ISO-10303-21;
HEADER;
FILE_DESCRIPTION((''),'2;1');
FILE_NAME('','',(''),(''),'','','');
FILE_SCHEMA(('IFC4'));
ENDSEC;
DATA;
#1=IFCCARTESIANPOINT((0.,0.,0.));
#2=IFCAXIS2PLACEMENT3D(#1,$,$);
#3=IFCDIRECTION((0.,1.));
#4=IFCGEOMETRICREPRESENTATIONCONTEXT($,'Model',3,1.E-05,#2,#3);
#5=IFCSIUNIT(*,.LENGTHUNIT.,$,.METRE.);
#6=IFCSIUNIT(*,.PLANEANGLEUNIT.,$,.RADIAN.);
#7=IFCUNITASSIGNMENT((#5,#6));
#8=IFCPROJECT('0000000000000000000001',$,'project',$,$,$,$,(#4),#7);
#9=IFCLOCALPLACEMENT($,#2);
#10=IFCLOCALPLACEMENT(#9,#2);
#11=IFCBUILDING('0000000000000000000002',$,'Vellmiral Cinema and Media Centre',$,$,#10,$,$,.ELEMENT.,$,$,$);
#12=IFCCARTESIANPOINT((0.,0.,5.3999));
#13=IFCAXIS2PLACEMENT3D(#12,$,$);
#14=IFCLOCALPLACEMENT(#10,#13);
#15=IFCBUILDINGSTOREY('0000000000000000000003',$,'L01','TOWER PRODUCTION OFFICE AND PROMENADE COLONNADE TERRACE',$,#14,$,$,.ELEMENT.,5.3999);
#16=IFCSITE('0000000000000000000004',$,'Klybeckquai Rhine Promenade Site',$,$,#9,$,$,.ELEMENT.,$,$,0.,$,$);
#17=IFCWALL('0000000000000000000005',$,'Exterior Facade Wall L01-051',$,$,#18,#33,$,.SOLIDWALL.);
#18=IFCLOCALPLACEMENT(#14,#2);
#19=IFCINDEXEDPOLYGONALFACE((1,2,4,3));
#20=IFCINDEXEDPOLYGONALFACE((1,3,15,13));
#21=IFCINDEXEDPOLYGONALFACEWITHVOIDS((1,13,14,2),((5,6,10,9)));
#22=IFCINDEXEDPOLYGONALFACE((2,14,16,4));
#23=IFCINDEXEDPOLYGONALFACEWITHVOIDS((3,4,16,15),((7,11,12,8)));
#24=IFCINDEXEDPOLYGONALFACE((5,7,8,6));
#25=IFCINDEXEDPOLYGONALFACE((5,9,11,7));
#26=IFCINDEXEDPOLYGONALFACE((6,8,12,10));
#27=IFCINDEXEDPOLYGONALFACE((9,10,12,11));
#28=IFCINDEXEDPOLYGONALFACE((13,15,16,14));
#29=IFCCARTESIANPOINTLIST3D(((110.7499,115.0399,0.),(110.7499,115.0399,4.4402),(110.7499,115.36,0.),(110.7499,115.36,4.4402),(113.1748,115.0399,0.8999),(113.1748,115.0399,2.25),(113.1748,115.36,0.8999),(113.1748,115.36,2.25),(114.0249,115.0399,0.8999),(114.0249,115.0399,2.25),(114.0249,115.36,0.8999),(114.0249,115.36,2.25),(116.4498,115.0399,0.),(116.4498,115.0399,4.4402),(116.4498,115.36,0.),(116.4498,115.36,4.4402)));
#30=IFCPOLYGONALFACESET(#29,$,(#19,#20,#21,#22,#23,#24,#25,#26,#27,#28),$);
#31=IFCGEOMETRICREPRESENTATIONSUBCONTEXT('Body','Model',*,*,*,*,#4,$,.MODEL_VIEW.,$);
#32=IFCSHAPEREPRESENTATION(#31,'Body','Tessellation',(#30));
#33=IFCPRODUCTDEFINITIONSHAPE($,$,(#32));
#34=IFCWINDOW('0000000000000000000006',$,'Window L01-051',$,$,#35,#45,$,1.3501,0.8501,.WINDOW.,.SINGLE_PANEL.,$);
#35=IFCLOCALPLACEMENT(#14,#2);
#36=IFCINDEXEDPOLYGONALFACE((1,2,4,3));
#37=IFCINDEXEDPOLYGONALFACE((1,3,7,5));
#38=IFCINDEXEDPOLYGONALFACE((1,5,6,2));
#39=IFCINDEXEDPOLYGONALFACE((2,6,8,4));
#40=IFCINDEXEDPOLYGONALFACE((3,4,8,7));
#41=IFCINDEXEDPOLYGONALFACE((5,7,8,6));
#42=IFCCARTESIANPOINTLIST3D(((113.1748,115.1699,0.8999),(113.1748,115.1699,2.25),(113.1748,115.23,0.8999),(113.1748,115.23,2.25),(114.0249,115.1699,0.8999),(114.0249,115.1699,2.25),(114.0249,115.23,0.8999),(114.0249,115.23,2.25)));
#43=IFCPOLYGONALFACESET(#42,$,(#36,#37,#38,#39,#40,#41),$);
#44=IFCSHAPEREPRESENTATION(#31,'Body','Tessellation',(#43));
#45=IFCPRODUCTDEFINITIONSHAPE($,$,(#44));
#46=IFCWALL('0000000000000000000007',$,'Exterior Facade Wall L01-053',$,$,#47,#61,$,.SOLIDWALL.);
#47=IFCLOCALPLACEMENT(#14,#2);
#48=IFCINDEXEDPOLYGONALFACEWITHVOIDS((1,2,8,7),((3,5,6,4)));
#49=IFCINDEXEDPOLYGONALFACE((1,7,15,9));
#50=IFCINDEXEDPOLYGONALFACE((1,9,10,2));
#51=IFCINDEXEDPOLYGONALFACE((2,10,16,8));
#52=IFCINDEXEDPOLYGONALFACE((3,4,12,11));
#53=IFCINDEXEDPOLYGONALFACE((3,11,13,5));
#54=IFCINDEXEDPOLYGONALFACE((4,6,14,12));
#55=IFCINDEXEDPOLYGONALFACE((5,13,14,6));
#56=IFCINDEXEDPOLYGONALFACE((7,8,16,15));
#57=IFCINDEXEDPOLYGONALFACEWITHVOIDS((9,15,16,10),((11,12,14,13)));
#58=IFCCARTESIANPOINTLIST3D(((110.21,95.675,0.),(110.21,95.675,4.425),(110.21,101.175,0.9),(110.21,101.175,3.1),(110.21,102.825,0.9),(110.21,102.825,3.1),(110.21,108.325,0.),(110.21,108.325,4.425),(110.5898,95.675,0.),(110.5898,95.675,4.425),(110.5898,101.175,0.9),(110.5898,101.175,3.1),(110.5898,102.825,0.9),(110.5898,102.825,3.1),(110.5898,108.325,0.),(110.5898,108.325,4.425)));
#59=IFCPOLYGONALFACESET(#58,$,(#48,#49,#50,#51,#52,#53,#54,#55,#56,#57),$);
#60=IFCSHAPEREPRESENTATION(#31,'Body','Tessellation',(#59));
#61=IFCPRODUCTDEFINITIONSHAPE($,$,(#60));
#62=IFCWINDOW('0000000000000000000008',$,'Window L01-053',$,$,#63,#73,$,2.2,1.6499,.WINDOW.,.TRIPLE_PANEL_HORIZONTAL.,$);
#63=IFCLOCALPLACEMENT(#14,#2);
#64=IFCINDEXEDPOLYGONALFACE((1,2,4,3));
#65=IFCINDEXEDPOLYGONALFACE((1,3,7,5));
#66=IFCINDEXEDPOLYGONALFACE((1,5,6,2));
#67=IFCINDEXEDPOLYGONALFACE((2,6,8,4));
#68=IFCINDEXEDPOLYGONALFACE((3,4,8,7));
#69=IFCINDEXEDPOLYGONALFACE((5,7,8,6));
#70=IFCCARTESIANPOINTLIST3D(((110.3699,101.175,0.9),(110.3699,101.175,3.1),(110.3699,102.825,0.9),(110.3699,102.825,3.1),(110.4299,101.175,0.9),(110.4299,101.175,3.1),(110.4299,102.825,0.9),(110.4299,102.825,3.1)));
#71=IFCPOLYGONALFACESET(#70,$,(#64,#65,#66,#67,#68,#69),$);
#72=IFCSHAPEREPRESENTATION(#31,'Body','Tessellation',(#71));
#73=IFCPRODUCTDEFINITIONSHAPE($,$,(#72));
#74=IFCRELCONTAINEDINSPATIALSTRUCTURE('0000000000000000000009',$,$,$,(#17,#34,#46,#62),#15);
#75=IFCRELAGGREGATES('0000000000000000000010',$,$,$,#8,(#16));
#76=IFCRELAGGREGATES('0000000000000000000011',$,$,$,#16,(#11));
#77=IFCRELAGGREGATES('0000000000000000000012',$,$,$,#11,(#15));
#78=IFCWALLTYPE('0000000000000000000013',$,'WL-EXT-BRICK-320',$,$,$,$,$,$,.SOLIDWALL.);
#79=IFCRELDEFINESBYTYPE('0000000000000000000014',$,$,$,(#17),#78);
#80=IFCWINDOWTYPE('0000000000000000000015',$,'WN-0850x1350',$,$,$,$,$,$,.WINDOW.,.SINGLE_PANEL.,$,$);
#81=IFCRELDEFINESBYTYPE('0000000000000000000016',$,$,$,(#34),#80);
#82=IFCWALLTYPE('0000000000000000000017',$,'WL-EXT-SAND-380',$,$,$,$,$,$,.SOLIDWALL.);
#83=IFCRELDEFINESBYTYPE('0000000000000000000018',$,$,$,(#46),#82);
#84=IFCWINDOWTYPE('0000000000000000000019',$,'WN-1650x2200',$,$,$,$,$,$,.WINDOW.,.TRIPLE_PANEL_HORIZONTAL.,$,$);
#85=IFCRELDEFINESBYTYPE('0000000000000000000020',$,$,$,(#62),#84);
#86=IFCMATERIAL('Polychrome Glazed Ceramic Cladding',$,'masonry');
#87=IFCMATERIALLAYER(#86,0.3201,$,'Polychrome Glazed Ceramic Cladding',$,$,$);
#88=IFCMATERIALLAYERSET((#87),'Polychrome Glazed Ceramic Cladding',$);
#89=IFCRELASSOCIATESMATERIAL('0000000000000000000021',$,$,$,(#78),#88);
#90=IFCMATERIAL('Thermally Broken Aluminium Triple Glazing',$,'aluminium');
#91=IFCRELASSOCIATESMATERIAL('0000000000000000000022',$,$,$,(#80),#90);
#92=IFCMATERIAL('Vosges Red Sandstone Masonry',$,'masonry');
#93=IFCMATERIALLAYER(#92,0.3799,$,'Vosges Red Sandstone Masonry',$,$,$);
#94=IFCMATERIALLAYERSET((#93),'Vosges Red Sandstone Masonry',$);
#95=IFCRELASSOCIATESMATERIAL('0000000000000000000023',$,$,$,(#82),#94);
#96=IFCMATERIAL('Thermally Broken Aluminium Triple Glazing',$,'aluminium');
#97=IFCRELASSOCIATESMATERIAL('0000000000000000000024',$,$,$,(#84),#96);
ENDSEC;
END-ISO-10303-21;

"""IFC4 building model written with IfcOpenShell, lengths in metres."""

from ifc_helpers import new_model, si_unit, direction, frame, frame_2d, origin, place, context, subcontext, project, spatial, rectangle, extrude, material, layer, layer_set, type_object, element, fill, save


model = new_model("IFC4")

# Units and contexts
model_context = context("Model", 3, precision=1e-05, world=origin(), true_north=direction((0.0, 1.0)))
body_context = subcontext(model_context, "Body", "Model", "MODEL_VIEW")
ifc_project = project(units=[si_unit("LENGTHUNIT", "METRE"), si_unit("PLANEANGLEUNIT", "RADIAN")], contexts=[model_context])

# Site, building, storey
site_placement = place(None, origin())
site = spatial("IfcSite", under=ifc_project, at=site_placement, Name="Klybeckquai Rhine Promenade Site", CompositionType="ELEMENT", RefElevation=0.0)
building_placement = place(site_placement, origin())
building = spatial("IfcBuilding", under=site, at=building_placement, Name="Vellmiral Cinema and Media Centre", CompositionType="ELEMENT")
storey_placement = place(building_placement, frame((0.0, 0.0, 5.3999)))
storey = spatial("IfcBuildingStorey", under=building, at=storey_placement, Name="L01", Description="TOWER PRODUCTION OFFICE AND PROMENADE COLONNADE TERRACE", CompositionType="ELEMENT", Elevation=5.3999)

# Walls, openings, windows
ifc_material_1 = material(Name="Polychrome Glazed Ceramic Cladding", Category="masonry")
ifc_layer_1 = layer(ifc_material_1, 0.3201, Name="Polychrome Glazed Ceramic Cladding")
ifc_layer_set_1 = layer_set([ifc_layer_1], Name="Polychrome Glazed Ceramic Cladding")
wall_type_1 = type_object("IfcWallType", Name="WL-EXT-BRICK-320", PredefinedType="SOLIDWALL", material=ifc_layer_set_1)
wall_1_placement = place(storey_placement, frame((116.45, 115.2, 0.0), z_axis=(0.0, 0.0, 1.0), x_axis=(-1.0, 0.0, 0.0)))
wall_1 = element("IfcWall", 1, at=wall_1_placement, inside=storey, type_object=wall_type_1, Name="Exterior Facade Wall L01-051", PredefinedType="SOLIDWALL", context=body_context, shape_type="SweptSolid", body=[
    extrude(rectangle(XDim=5.7, YDim=0.3201, at=frame_2d((2.8501, 0.0))), origin(), (0.0, 0.0, 1.0), 4.4402),
])
opening_1_placement = place(wall_1_placement, frame((2.425, 0.0, 0.8999)))
opening_1 = element("IfcOpeningElement", 2, at=opening_1_placement, cuts=wall_1, PredefinedType="OPENING", context=body_context, shape_type="SweptSolid", body=[
    extrude(rectangle(XDim=0.8501, YDim=1.3501, at=frame_2d((0.425, 0.675))), frame((0.0, 0.1719, 0.0), z_axis=(0.0, -1.0, 0.0), x_axis=(1.0, 0.0, 0.0)), (0.0, 0.0, 1.0), 0.344),
])
ifc_material_2 = material(Name="Thermally Broken Aluminium Triple Glazing", Category="aluminium")
window_type_1 = type_object("IfcWindowType", Name="WN-0850x1350", PartitioningType="SINGLE_PANEL", PredefinedType="WINDOW", material=ifc_material_2)
window_1_placement = place(opening_1_placement, origin())
window_1 = element("IfcWindow", 3, at=window_1_placement, inside=storey, type_object=window_type_1, Name="Window L01-051", OverallHeight=1.3501, OverallWidth=0.8501, PartitioningType="SINGLE_PANEL", PredefinedType="WINDOW", context=body_context, shape_type="SweptSolid", body=[
    extrude(rectangle(XDim=0.8501, YDim=1.3501, at=frame_2d((0.425, 0.675))), frame((0.0, 0.03, 0.0), z_axis=(0.0, -1.0, 0.0), x_axis=(1.0, 0.0, 0.0)), (0.0, 0.0, 1.0), 0.0601),
])
fill(opening_1, window_1)
ifc_material_3 = material(Name="Vosges Red Sandstone Masonry", Category="masonry")
ifc_layer_2 = layer(ifc_material_3, 0.3799, Name="Vosges Red Sandstone Masonry")
ifc_layer_set_2 = layer_set([ifc_layer_2], Name="Vosges Red Sandstone Masonry")
wall_type_2 = type_object("IfcWallType", Name="WL-EXT-SAND-380", PredefinedType="SOLIDWALL", material=ifc_layer_set_2)
wall_2_placement = place(storey_placement, frame((110.3999, 108.325, 0.0), z_axis=(0.0, 0.0, 1.0), x_axis=(0.0, -1.0, 0.0)))
wall_2 = element("IfcWall", 4, at=wall_2_placement, inside=storey, type_object=wall_type_2, Name="Exterior Facade Wall L01-053", PredefinedType="SOLIDWALL", context=body_context, shape_type="SweptSolid", body=[
    extrude(rectangle(XDim=12.6499, YDim=0.3799, at=frame_2d((6.325, 0.0))), origin(), (0.0, 0.0, 1.0), 4.425),
])
opening_2_placement = place(wall_2_placement, frame((5.5, 0.0, 0.8999)))
opening_2 = element("IfcOpeningElement", 5, at=opening_2_placement, cuts=wall_2, PredefinedType="OPENING", context=body_context, shape_type="SweptSolid", body=[
    extrude(rectangle(XDim=1.6499, YDim=2.2, at=frame_2d((0.825, 1.1001))), frame((0.0, 0.2019, 0.0), z_axis=(0.0, -1.0, 0.0), x_axis=(1.0, 0.0, 0.0)), (0.0, 0.0, 1.0), 0.4038),
])
ifc_material_4 = material(Name="Thermally Broken Aluminium Triple Glazing", Category="aluminium")
window_type_2 = type_object("IfcWindowType", Name="WN-1650x2200", PartitioningType="TRIPLE_PANEL_HORIZONTAL", PredefinedType="WINDOW", material=ifc_material_4)
window_2_placement = place(opening_2_placement, origin())
window_2 = element("IfcWindow", 6, at=window_2_placement, inside=storey, type_object=window_type_2, Name="Window L01-053", OverallHeight=2.2, OverallWidth=1.6499, PartitioningType="TRIPLE_PANEL_HORIZONTAL", PredefinedType="WINDOW", context=body_context, shape_type="SweptSolid", body=[
    extrude(rectangle(XDim=1.6499, YDim=2.2, at=frame_2d((0.825, 1.1001))), frame((0.0, 0.03, 0.0), z_axis=(0.0, -1.0, 0.0), x_axis=(1.0, 0.0, 0.0)), (0.0, 0.0, 1.0), 0.0601),
])
fill(opening_2, window_2)

save(model, "model.ifc")
